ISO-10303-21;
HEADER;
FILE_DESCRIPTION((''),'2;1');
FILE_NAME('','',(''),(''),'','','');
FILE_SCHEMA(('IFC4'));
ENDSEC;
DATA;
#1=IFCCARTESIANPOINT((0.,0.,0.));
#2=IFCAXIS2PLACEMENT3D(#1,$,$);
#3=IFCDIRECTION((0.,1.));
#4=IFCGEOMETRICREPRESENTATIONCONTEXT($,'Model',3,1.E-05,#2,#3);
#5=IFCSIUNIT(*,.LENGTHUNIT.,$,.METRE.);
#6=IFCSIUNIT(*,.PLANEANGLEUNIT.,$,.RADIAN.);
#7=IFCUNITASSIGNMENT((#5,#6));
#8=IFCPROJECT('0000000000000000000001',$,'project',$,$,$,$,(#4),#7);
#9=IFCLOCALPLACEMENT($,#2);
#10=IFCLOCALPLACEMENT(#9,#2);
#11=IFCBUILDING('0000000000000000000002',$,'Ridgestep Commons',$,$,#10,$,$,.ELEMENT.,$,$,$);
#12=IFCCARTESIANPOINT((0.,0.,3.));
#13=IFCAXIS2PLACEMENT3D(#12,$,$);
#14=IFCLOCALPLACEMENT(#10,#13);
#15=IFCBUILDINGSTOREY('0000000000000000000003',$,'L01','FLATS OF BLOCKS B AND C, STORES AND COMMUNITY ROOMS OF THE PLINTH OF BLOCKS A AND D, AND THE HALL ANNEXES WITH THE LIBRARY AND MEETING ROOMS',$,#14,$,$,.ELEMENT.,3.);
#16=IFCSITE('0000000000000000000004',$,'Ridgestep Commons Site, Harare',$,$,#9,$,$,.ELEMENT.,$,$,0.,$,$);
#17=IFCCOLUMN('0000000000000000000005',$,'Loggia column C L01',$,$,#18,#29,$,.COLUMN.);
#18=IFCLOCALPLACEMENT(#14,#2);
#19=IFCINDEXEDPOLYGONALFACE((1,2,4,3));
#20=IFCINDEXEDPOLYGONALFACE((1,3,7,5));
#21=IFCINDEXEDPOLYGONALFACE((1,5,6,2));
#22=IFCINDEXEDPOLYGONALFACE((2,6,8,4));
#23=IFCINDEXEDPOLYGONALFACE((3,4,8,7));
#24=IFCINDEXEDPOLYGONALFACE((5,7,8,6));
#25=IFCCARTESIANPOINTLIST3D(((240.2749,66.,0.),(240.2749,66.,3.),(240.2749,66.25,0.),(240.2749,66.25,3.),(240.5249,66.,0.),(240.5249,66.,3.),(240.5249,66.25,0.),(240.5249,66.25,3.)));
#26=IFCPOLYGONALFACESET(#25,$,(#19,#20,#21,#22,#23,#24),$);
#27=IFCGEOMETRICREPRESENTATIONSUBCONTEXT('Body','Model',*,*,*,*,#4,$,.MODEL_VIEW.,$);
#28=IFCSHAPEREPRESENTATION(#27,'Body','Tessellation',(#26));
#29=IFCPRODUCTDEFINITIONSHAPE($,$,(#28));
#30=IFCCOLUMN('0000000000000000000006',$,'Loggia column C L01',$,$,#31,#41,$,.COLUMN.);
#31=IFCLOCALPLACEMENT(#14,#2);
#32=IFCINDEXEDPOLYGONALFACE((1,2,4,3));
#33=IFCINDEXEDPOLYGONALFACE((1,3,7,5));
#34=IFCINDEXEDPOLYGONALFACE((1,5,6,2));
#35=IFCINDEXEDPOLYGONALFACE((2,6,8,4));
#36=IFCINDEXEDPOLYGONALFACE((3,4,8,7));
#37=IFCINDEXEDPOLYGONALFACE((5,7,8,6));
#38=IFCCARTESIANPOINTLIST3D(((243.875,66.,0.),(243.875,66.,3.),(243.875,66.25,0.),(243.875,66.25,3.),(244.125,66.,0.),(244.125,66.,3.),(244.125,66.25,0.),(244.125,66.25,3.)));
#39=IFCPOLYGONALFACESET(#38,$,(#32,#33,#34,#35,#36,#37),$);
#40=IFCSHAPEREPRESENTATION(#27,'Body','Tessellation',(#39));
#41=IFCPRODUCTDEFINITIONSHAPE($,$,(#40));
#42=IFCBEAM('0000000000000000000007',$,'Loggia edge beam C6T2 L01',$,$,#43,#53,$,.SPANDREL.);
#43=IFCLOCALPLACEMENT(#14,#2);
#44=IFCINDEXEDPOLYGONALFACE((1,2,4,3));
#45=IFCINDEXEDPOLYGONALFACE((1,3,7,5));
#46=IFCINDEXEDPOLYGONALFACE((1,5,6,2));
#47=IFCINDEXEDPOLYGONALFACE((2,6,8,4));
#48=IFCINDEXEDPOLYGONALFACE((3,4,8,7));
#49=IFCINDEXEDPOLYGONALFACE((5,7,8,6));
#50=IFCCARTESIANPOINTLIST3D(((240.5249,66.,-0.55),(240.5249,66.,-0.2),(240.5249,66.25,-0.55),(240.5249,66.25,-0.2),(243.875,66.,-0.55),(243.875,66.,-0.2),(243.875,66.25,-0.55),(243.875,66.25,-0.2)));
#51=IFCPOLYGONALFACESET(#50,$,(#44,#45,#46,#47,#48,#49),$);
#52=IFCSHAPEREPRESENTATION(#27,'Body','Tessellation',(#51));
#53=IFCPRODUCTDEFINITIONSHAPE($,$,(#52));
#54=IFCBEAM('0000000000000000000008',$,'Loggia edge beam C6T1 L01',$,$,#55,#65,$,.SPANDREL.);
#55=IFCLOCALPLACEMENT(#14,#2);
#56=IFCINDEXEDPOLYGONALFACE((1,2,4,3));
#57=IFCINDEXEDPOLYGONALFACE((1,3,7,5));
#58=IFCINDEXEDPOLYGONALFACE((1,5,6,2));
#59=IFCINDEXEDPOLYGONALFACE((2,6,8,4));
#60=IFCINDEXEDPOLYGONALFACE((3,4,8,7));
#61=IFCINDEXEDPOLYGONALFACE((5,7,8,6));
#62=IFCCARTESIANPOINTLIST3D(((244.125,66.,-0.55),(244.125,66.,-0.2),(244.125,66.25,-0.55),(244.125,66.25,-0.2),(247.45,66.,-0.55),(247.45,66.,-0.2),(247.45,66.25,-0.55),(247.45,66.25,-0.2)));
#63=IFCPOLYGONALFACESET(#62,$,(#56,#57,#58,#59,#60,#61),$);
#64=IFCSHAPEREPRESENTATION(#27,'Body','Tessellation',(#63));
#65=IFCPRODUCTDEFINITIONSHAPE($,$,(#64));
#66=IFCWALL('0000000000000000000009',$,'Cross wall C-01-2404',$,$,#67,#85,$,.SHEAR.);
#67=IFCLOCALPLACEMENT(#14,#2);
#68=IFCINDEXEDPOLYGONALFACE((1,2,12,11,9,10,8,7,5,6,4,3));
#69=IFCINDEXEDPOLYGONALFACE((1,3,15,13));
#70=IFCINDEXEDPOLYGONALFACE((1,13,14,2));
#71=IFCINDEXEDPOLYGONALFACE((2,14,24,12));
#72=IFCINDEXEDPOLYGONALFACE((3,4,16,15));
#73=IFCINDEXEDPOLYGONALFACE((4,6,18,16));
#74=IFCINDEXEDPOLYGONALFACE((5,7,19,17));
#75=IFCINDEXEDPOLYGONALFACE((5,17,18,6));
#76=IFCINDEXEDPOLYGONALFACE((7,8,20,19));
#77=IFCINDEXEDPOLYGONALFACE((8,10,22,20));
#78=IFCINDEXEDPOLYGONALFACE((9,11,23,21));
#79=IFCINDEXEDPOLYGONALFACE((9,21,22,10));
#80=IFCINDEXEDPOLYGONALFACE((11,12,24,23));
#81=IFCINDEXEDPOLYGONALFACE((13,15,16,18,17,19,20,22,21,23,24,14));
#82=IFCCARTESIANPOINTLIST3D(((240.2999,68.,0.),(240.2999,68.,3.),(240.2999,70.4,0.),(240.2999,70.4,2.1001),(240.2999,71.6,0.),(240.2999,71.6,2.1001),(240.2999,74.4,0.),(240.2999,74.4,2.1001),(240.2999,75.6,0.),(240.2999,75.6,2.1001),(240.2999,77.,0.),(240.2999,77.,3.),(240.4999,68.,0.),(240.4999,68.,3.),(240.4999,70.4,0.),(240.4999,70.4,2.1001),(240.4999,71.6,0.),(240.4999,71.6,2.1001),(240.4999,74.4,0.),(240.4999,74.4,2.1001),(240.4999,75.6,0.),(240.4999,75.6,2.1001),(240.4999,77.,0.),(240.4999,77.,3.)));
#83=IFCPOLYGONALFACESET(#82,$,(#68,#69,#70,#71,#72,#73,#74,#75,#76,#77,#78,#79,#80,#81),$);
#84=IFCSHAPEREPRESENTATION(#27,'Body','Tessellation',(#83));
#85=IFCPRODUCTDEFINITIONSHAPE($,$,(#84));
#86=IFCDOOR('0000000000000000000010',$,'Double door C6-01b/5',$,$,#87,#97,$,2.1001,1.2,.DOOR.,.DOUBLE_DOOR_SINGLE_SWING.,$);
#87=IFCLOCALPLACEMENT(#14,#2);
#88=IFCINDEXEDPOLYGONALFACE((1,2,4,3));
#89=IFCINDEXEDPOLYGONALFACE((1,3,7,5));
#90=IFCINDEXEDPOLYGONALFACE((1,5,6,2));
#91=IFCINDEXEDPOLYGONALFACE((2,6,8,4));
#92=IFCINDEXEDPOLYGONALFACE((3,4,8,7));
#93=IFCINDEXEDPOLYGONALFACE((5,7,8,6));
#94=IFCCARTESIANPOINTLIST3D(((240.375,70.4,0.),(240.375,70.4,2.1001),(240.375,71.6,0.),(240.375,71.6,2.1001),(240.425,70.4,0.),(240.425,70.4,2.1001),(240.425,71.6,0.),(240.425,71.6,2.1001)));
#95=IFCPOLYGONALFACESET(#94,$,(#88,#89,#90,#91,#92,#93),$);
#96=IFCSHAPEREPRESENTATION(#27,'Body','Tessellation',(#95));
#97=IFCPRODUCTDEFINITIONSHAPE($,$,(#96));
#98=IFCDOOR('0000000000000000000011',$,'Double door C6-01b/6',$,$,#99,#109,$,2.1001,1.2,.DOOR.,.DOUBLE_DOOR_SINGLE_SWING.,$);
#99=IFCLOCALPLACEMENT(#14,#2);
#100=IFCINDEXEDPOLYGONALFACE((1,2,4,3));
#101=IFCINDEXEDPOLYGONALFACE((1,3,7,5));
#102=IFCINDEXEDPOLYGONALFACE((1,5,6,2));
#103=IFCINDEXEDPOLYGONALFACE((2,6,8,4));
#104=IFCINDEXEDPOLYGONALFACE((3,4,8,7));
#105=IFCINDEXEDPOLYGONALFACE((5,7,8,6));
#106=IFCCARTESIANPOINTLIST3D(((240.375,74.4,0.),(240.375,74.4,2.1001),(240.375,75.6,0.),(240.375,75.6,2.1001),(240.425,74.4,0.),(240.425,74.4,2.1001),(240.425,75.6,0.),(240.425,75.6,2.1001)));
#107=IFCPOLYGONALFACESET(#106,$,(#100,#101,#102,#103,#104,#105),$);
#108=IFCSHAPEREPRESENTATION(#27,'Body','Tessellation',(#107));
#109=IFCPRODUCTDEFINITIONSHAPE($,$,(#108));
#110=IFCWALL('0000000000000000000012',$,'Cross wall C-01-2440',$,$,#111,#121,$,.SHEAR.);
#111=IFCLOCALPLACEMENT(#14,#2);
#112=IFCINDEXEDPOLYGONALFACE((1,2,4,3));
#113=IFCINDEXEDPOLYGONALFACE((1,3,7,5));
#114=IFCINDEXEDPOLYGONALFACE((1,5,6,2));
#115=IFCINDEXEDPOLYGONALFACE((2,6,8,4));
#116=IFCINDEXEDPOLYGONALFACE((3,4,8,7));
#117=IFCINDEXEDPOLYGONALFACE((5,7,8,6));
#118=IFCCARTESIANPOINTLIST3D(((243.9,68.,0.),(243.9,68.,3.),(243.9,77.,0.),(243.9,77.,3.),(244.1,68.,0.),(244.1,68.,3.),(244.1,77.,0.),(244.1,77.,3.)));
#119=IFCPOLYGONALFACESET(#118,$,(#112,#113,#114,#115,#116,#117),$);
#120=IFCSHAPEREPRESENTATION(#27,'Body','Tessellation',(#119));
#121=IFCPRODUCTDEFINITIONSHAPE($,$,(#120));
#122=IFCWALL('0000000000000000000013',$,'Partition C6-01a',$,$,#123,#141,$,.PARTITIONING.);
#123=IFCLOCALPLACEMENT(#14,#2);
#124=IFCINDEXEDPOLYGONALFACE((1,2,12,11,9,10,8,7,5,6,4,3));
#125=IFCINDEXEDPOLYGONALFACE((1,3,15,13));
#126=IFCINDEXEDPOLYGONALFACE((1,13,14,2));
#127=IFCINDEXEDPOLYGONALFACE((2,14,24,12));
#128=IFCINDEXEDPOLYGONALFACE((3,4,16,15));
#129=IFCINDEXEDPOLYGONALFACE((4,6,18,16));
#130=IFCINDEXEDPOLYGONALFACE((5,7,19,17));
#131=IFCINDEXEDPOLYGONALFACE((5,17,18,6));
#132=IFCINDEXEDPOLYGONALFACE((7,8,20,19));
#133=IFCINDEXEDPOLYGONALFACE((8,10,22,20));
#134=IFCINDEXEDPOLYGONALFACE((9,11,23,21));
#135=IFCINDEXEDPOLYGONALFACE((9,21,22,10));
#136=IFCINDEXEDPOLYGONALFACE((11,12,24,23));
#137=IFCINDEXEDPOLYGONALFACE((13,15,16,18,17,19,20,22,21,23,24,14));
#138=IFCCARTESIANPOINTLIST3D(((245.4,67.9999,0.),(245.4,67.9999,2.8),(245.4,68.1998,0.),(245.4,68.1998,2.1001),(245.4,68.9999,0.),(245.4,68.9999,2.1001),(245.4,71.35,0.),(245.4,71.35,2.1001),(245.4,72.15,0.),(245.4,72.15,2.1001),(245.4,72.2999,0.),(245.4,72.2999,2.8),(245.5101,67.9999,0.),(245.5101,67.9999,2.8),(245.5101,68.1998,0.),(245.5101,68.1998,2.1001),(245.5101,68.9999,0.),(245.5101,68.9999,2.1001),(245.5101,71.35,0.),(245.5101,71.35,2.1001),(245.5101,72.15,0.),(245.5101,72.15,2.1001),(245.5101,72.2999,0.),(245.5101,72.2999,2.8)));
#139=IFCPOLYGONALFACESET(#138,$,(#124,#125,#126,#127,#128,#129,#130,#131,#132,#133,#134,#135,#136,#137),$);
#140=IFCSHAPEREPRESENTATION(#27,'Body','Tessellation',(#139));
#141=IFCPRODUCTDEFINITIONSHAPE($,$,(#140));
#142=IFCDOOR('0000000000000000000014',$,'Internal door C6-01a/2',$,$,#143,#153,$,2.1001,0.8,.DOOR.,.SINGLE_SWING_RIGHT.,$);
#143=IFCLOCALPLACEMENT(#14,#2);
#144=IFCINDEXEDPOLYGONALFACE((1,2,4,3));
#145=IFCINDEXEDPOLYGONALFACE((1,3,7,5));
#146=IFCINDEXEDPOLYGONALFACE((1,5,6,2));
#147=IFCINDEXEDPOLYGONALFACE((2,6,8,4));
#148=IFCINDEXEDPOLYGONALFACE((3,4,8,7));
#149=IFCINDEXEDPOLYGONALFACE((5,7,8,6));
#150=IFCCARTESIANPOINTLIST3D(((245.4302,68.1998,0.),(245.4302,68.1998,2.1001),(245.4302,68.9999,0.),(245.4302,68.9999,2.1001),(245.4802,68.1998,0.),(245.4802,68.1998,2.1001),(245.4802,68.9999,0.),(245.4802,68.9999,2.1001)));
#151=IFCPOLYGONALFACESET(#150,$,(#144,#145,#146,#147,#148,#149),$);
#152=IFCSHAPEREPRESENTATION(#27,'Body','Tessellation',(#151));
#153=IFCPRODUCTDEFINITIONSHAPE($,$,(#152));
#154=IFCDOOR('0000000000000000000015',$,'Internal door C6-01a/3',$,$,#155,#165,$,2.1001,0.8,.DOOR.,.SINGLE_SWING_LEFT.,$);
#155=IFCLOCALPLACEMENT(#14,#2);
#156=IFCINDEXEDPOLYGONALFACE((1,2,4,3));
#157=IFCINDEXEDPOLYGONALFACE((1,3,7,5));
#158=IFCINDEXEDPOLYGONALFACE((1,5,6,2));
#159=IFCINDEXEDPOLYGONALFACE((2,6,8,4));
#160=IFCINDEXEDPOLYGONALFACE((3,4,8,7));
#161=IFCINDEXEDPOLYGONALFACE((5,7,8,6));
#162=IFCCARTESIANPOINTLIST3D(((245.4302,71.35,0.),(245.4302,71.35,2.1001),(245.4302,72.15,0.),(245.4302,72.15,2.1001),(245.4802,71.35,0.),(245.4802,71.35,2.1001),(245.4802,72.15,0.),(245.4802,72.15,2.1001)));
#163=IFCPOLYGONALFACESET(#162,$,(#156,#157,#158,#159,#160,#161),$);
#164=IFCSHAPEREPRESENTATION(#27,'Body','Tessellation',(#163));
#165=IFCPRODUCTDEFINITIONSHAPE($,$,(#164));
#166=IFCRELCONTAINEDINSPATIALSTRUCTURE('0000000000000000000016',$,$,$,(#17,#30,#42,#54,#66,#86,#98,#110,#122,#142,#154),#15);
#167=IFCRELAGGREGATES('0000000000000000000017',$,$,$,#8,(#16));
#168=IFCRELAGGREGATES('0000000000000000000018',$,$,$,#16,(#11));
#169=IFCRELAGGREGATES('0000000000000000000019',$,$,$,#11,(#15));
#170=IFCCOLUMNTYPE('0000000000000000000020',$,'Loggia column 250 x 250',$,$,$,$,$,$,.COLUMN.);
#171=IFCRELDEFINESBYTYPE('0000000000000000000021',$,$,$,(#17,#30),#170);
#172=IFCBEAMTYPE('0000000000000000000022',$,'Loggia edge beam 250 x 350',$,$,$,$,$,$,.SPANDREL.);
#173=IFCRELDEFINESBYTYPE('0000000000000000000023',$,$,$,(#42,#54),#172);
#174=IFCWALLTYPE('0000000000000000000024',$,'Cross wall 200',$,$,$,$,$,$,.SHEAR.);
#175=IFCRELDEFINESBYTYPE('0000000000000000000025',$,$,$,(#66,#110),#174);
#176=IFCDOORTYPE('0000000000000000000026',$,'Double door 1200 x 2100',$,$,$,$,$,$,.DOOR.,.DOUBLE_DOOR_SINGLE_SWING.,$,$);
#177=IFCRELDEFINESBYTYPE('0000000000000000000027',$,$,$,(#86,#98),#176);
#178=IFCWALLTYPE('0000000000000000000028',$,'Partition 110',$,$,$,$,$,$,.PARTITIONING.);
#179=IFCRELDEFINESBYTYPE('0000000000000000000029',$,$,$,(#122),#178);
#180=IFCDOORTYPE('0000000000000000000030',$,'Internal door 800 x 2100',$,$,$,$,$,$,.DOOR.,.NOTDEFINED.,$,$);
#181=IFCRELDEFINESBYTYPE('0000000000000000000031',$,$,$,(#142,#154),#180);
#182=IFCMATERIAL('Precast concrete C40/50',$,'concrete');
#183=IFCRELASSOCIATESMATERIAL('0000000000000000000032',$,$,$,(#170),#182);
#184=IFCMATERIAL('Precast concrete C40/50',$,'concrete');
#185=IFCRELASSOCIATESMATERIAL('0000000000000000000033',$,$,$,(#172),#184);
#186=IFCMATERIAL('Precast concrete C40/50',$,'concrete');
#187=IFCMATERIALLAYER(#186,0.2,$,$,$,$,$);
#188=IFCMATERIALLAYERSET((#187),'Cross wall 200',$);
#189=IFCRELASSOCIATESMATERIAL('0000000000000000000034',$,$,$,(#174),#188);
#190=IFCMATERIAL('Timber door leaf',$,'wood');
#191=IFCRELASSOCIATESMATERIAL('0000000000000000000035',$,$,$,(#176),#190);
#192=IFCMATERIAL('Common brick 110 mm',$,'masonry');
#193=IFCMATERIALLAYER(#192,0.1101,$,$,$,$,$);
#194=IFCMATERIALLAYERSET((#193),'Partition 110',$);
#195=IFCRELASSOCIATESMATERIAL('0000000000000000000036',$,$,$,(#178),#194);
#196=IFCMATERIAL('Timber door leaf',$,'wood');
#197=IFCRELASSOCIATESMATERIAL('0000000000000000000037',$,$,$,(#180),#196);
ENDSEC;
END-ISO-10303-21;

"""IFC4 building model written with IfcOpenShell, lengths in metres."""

from ifc_helpers import new_model, si_unit, direction, frame, frame_2d, origin, origin_2d, place, context, subcontext, project, spatial, rectangle, extrude, material, layer, layer_set, material_profile, profile_set, type_object, element, fill, save


model = new_model("IFC4")

# Units and contexts
model_context = context("Model", 3, precision=1e-05, world=origin(), true_north=direction((0.0, 1.0)))
body_context = subcontext(model_context, "Body", "Model", "MODEL_VIEW")
ifc_project = project(units=[si_unit("LENGTHUNIT", "METRE"), si_unit("PLANEANGLEUNIT", "RADIAN")], contexts=[model_context])

# Site, building, storey
site_placement = place(None, origin())
site = spatial("IfcSite", under=ifc_project, at=site_placement, Name="Ridgestep Commons Site, Harare", CompositionType="ELEMENT", RefElevation=0.0)
building_placement = place(site_placement, origin())
building = spatial("IfcBuilding", under=site, at=building_placement, Name="Ridgestep Commons", CompositionType="ELEMENT")
storey_placement = place(building_placement, frame((0.0, 0.0, 3.0)))
storey = spatial("IfcBuildingStorey", under=building, at=storey_placement, Name="L01", Description="FLATS OF BLOCKS B AND C, STORES AND COMMUNITY ROOMS OF THE PLINTH OF BLOCKS A AND D, AND THE HALL ANNEXES WITH THE LIBRARY AND MEETING ROOMS", CompositionType="ELEMENT", Elevation=3.0)

# Columns
ifc_material_1 = material(Name="Precast concrete C40/50", Category="concrete")
ifc_material_profile_1 = material_profile(ifc_material_1, rectangle(XDim=0.25, YDim=0.25, at=origin_2d()), Name="PC 250x250")
ifc_profile_set_1 = profile_set([ifc_material_profile_1], Name="Precast concrete C40/50")
column_type = type_object("IfcColumnType", Name="Loggia column 250 x 250", PredefinedType="COLUMN", material=ifc_profile_set_1)
for number, where, z_axis, x_axis, name in (
    (1, (240.3999, 66.125, 0.0), (0.0, 0.0, 1.0), (1.0, 0.0, 0.0), "Loggia column C L01"),
    (2, (244.0, 66.125, 0.0), (0.0, 0.0, 1.0), (1.0, 0.0, 0.0), "Loggia column C L01"),
):
    element("IfcColumn", number, at=place(storey_placement, frame(where, z_axis=z_axis, x_axis=x_axis)), inside=storey, type_object=column_type, Name=name, PredefinedType="COLUMN", context=body_context, shape_type="SweptSolid", body=[
        extrude(rectangle(XDim=0.25, YDim=0.25, at=origin_2d()), origin(), (0.0, 0.0, 1.0), 3.0),
    ])

# Beams
ifc_material_2 = material(Name="Precast concrete C40/50", Category="concrete")
ifc_material_profile_2 = material_profile(ifc_material_2, rectangle(XDim=0.25, YDim=0.3501, at=origin_2d()), Name="PC 250x350")
ifc_profile_set_2 = profile_set([ifc_material_profile_2], Name="Precast concrete C40/50")
beam_type = type_object("IfcBeamType", Name="Loggia edge beam 250 x 350", PredefinedType="SPANDREL", material=ifc_profile_set_2)
beam_1_placement = place(storey_placement, frame((240.5249, 66.125, -0.375), z_axis=(1.0, 0.0, 0.0), x_axis=(0.0, 1.0, 0.0)))
element("IfcBeam", 3, at=beam_1_placement, inside=storey, type_object=beam_type, Name="Loggia edge beam C6T2 L01", PredefinedType="SPANDREL", context=body_context, shape_type="SweptSolid", body=[
    extrude(rectangle(XDim=0.25, YDim=0.3501, at=origin_2d()), origin(), (0.0, 0.0, 1.0), 3.3501),
])
beam_2_placement = place(storey_placement, frame((244.125, 66.125, -0.375), z_axis=(1.0, 0.0, 0.0), x_axis=(0.0, 1.0, 0.0)))
element("IfcBeam", 4, at=beam_2_placement, inside=storey, type_object=beam_type, Name="Loggia edge beam C6T1 L01", PredefinedType="SPANDREL", context=body_context, shape_type="SweptSolid", body=[
    extrude(rectangle(XDim=0.25, YDim=0.3501, at=origin_2d()), origin(), (0.0, 0.0, 1.0), 3.325),
])

# Wall, openings, doors
ifc_material_3 = material(Name="Precast concrete C40/50", Category="concrete")
ifc_layer_1 = layer(ifc_material_3, 0.2)
ifc_layer_set_1 = layer_set([ifc_layer_1], Name="Cross wall 200")
wall_type_1 = type_object("IfcWallType", Name="Cross wall 200", PredefinedType="SHEAR", material=ifc_layer_set_1)
wall_1_placement = place(storey_placement, frame((240.3999, 68.0, 0.0), z_axis=(0.0, 0.0, 1.0), x_axis=(0.0, 1.0, 0.0)))
wall_1 = element("IfcWall", 5, at=wall_1_placement, inside=storey, type_object=wall_type_1, Name="Cross wall C-01-2404", PredefinedType="SHEAR", context=body_context, shape_type="SweptSolid", body=[
    extrude(rectangle(XDim=9.0, YDim=0.2, at=frame_2d((4.5, 0.0))), origin(), (0.0, 0.0, 1.0), 3.0),
])
opening_1_placement = place(wall_1_placement, frame((2.3999, 0.0, 0.0)))
opening_1 = element("IfcOpeningElement", 6, at=opening_1_placement, cuts=wall_1, PredefinedType="OPENING", context=body_context, shape_type="SweptSolid", body=[
    extrude(rectangle(XDim=1.2, YDim=2.1001, at=frame_2d((0.6001, 1.05))), frame((0.0, 0.1099, 0.0), z_axis=(0.0, -1.0, 0.0), x_axis=(1.0, 0.0, 0.0)), (0.0, 0.0, 1.0), 0.22),
])
opening_2_placement = place(wall_1_placement, frame((6.3999, 0.0, 0.0)))
opening_2 = element("IfcOpeningElement", 7, at=opening_2_placement, cuts=wall_1, PredefinedType="OPENING", context=body_context, shape_type="SweptSolid", body=[
    extrude(rectangle(XDim=1.2, YDim=2.1001, at=frame_2d((0.6001, 1.05))), frame((0.0, 0.1099, 0.0), z_axis=(0.0, -1.0, 0.0), x_axis=(1.0, 0.0, 0.0)), (0.0, 0.0, 1.0), 0.22),
])
ifc_material_4 = material(Name="Timber door leaf", Category="wood")
door_type_1 = type_object("IfcDoorType", Name="Double door 1200 x 2100", OperationType="DOUBLE_DOOR_SINGLE_SWING", PredefinedType="DOOR", material=ifc_material_4)
door_1_placement = place(opening_1_placement, origin())
door_1 = element("IfcDoor", 8, at=door_1_placement, inside=storey, type_object=door_type_1, Name="Double door C6-01b/5", OperationType="DOUBLE_DOOR_SINGLE_SWING", OverallHeight=2.1001, OverallWidth=1.2, PredefinedType="DOOR", context=body_context, shape_type="SweptSolid", body=[
    extrude(rectangle(XDim=1.2, YDim=2.1001, at=frame_2d((0.6001, 1.05))), frame((0.0, 0.0249, 0.0), z_axis=(0.0, -1.0, 0.0), x_axis=(1.0, 0.0, 0.0)), (0.0, 0.0, 1.0), 0.05),
])
fill(opening_1, door_1)
door_2_placement = place(opening_2_placement, origin())
door_2 = element("IfcDoor", 9, at=door_2_placement, inside=storey, type_object=door_type_1, Name="Double door C6-01b/6", OperationType="DOUBLE_DOOR_SINGLE_SWING", OverallHeight=2.1001, OverallWidth=1.2, PredefinedType="DOOR", context=body_context, shape_type="SweptSolid", body=[
    extrude(rectangle(XDim=1.2, YDim=2.1001, at=frame_2d((0.6001, 1.05))), frame((0.0, 0.0249, 0.0), z_axis=(0.0, -1.0, 0.0), x_axis=(1.0, 0.0, 0.0)), (0.0, 0.0, 1.0), 0.05),
])
fill(opening_2, door_2)

# Wall
wall_2_placement = place(storey_placement, frame((244.0, 68.0, 0.0), z_axis=(0.0, 0.0, 1.0), x_axis=(0.0, 1.0, 0.0)))
element("IfcWall", 10, at=wall_2_placement, inside=storey, type_object=wall_type_1, Name="Cross wall C-01-2440", PredefinedType="SHEAR", context=body_context, shape_type="SweptSolid", body=[
    extrude(rectangle(XDim=9.0, YDim=0.2, at=frame_2d((4.5, 0.0))), origin(), (0.0, 0.0, 1.0), 3.0),
])

# Wall, openings, doors
ifc_material_5 = material(Name="Common brick 110 mm", Category="masonry")
ifc_layer_2 = layer(ifc_material_5, 0.1101)
ifc_layer_set_2 = layer_set([ifc_layer_2], Name="Partition 110")
wall_type_2 = type_object("IfcWallType", Name="Partition 110", PredefinedType="PARTITIONING", material=ifc_layer_set_2)
wall_3_placement = place(storey_placement, frame((245.4551, 68.0, 0.0), z_axis=(0.0, 0.0, 1.0), x_axis=(0.0, 1.0, 0.0)))
wall_3 = element("IfcWall", 11, at=wall_3_placement, inside=storey, type_object=wall_type_2, Name="Partition C6-01a", PredefinedType="PARTITIONING", context=body_context, shape_type="SweptSolid", body=[
    extrude(rectangle(XDim=4.3, YDim=0.1101, at=frame_2d((2.1499, 0.0))), origin(), (0.0, 0.0, 1.0), 2.8),
])
opening_3_placement = place(wall_3_placement, frame((0.2, 0.0, 0.0)))
opening_3 = element("IfcOpeningElement", 12, at=opening_3_placement, cuts=wall_3, PredefinedType="OPENING", context=body_context, shape_type="SweptSolid", body=[
    extrude(rectangle(XDim=0.8, YDim=2.1001, at=frame_2d((0.3999, 1.05))), frame((0.0, 0.0649, 0.0), z_axis=(0.0, -1.0, 0.0), x_axis=(1.0, 0.0, 0.0)), (0.0, 0.0, 1.0), 0.1301),
])
opening_4_placement = place(wall_3_placement, frame((3.3501, 0.0, 0.0)))
opening_4 = element("IfcOpeningElement", 13, at=opening_4_placement, cuts=wall_3, PredefinedType="OPENING", context=body_context, shape_type="SweptSolid", body=[
    extrude(rectangle(XDim=0.8, YDim=2.1001, at=frame_2d((0.3999, 1.05))), frame((0.0, 0.0649, 0.0), z_axis=(0.0, -1.0, 0.0), x_axis=(1.0, 0.0, 0.0)), (0.0, 0.0, 1.0), 0.1301),
])
ifc_material_6 = material(Name="Timber door leaf", Category="wood")
door_type_2 = type_object("IfcDoorType", Name="Internal door 800 x 2100", OperationType="NOTDEFINED", PredefinedType="DOOR", material=ifc_material_6)
door_3_placement = place(opening_3_placement, origin())
door_3 = element("IfcDoor", 14, at=door_3_placement, inside=storey, type_object=door_type_2, Name="Internal door C6-01a/2", OperationType="SINGLE_SWING_RIGHT", OverallHeight=2.1001, OverallWidth=0.8, PredefinedType="DOOR", context=body_context, shape_type="SweptSolid", body=[
    extrude(rectangle(XDim=0.8, YDim=2.1001, at=frame_2d((0.3999, 1.05))), frame((0.0, 0.0249, 0.0), z_axis=(0.0, -1.0, 0.0), x_axis=(1.0, 0.0, 0.0)), (0.0, 0.0, 1.0), 0.05),
])
fill(opening_3, door_3)
door_4_placement = place(opening_4_placement, origin())
door_4 = element("IfcDoor", 15, at=door_4_placement, inside=storey, type_object=door_type_2, Name="Internal door C6-01a/3", OperationType="SINGLE_SWING_LEFT", OverallHeight=2.1001, OverallWidth=0.8, PredefinedType="DOOR", context=body_context, shape_type="SweptSolid", body=[
    extrude(rectangle(XDim=0.8, YDim=2.1001, at=frame_2d((0.3999, 1.05))), frame((0.0, 0.0249, 0.0), z_axis=(0.0, -1.0, 0.0), x_axis=(1.0, 0.0, 0.0)), (0.0, 0.0, 1.0), 0.05),
])
fill(opening_4, door_4)

save(model, "model.ifc")
